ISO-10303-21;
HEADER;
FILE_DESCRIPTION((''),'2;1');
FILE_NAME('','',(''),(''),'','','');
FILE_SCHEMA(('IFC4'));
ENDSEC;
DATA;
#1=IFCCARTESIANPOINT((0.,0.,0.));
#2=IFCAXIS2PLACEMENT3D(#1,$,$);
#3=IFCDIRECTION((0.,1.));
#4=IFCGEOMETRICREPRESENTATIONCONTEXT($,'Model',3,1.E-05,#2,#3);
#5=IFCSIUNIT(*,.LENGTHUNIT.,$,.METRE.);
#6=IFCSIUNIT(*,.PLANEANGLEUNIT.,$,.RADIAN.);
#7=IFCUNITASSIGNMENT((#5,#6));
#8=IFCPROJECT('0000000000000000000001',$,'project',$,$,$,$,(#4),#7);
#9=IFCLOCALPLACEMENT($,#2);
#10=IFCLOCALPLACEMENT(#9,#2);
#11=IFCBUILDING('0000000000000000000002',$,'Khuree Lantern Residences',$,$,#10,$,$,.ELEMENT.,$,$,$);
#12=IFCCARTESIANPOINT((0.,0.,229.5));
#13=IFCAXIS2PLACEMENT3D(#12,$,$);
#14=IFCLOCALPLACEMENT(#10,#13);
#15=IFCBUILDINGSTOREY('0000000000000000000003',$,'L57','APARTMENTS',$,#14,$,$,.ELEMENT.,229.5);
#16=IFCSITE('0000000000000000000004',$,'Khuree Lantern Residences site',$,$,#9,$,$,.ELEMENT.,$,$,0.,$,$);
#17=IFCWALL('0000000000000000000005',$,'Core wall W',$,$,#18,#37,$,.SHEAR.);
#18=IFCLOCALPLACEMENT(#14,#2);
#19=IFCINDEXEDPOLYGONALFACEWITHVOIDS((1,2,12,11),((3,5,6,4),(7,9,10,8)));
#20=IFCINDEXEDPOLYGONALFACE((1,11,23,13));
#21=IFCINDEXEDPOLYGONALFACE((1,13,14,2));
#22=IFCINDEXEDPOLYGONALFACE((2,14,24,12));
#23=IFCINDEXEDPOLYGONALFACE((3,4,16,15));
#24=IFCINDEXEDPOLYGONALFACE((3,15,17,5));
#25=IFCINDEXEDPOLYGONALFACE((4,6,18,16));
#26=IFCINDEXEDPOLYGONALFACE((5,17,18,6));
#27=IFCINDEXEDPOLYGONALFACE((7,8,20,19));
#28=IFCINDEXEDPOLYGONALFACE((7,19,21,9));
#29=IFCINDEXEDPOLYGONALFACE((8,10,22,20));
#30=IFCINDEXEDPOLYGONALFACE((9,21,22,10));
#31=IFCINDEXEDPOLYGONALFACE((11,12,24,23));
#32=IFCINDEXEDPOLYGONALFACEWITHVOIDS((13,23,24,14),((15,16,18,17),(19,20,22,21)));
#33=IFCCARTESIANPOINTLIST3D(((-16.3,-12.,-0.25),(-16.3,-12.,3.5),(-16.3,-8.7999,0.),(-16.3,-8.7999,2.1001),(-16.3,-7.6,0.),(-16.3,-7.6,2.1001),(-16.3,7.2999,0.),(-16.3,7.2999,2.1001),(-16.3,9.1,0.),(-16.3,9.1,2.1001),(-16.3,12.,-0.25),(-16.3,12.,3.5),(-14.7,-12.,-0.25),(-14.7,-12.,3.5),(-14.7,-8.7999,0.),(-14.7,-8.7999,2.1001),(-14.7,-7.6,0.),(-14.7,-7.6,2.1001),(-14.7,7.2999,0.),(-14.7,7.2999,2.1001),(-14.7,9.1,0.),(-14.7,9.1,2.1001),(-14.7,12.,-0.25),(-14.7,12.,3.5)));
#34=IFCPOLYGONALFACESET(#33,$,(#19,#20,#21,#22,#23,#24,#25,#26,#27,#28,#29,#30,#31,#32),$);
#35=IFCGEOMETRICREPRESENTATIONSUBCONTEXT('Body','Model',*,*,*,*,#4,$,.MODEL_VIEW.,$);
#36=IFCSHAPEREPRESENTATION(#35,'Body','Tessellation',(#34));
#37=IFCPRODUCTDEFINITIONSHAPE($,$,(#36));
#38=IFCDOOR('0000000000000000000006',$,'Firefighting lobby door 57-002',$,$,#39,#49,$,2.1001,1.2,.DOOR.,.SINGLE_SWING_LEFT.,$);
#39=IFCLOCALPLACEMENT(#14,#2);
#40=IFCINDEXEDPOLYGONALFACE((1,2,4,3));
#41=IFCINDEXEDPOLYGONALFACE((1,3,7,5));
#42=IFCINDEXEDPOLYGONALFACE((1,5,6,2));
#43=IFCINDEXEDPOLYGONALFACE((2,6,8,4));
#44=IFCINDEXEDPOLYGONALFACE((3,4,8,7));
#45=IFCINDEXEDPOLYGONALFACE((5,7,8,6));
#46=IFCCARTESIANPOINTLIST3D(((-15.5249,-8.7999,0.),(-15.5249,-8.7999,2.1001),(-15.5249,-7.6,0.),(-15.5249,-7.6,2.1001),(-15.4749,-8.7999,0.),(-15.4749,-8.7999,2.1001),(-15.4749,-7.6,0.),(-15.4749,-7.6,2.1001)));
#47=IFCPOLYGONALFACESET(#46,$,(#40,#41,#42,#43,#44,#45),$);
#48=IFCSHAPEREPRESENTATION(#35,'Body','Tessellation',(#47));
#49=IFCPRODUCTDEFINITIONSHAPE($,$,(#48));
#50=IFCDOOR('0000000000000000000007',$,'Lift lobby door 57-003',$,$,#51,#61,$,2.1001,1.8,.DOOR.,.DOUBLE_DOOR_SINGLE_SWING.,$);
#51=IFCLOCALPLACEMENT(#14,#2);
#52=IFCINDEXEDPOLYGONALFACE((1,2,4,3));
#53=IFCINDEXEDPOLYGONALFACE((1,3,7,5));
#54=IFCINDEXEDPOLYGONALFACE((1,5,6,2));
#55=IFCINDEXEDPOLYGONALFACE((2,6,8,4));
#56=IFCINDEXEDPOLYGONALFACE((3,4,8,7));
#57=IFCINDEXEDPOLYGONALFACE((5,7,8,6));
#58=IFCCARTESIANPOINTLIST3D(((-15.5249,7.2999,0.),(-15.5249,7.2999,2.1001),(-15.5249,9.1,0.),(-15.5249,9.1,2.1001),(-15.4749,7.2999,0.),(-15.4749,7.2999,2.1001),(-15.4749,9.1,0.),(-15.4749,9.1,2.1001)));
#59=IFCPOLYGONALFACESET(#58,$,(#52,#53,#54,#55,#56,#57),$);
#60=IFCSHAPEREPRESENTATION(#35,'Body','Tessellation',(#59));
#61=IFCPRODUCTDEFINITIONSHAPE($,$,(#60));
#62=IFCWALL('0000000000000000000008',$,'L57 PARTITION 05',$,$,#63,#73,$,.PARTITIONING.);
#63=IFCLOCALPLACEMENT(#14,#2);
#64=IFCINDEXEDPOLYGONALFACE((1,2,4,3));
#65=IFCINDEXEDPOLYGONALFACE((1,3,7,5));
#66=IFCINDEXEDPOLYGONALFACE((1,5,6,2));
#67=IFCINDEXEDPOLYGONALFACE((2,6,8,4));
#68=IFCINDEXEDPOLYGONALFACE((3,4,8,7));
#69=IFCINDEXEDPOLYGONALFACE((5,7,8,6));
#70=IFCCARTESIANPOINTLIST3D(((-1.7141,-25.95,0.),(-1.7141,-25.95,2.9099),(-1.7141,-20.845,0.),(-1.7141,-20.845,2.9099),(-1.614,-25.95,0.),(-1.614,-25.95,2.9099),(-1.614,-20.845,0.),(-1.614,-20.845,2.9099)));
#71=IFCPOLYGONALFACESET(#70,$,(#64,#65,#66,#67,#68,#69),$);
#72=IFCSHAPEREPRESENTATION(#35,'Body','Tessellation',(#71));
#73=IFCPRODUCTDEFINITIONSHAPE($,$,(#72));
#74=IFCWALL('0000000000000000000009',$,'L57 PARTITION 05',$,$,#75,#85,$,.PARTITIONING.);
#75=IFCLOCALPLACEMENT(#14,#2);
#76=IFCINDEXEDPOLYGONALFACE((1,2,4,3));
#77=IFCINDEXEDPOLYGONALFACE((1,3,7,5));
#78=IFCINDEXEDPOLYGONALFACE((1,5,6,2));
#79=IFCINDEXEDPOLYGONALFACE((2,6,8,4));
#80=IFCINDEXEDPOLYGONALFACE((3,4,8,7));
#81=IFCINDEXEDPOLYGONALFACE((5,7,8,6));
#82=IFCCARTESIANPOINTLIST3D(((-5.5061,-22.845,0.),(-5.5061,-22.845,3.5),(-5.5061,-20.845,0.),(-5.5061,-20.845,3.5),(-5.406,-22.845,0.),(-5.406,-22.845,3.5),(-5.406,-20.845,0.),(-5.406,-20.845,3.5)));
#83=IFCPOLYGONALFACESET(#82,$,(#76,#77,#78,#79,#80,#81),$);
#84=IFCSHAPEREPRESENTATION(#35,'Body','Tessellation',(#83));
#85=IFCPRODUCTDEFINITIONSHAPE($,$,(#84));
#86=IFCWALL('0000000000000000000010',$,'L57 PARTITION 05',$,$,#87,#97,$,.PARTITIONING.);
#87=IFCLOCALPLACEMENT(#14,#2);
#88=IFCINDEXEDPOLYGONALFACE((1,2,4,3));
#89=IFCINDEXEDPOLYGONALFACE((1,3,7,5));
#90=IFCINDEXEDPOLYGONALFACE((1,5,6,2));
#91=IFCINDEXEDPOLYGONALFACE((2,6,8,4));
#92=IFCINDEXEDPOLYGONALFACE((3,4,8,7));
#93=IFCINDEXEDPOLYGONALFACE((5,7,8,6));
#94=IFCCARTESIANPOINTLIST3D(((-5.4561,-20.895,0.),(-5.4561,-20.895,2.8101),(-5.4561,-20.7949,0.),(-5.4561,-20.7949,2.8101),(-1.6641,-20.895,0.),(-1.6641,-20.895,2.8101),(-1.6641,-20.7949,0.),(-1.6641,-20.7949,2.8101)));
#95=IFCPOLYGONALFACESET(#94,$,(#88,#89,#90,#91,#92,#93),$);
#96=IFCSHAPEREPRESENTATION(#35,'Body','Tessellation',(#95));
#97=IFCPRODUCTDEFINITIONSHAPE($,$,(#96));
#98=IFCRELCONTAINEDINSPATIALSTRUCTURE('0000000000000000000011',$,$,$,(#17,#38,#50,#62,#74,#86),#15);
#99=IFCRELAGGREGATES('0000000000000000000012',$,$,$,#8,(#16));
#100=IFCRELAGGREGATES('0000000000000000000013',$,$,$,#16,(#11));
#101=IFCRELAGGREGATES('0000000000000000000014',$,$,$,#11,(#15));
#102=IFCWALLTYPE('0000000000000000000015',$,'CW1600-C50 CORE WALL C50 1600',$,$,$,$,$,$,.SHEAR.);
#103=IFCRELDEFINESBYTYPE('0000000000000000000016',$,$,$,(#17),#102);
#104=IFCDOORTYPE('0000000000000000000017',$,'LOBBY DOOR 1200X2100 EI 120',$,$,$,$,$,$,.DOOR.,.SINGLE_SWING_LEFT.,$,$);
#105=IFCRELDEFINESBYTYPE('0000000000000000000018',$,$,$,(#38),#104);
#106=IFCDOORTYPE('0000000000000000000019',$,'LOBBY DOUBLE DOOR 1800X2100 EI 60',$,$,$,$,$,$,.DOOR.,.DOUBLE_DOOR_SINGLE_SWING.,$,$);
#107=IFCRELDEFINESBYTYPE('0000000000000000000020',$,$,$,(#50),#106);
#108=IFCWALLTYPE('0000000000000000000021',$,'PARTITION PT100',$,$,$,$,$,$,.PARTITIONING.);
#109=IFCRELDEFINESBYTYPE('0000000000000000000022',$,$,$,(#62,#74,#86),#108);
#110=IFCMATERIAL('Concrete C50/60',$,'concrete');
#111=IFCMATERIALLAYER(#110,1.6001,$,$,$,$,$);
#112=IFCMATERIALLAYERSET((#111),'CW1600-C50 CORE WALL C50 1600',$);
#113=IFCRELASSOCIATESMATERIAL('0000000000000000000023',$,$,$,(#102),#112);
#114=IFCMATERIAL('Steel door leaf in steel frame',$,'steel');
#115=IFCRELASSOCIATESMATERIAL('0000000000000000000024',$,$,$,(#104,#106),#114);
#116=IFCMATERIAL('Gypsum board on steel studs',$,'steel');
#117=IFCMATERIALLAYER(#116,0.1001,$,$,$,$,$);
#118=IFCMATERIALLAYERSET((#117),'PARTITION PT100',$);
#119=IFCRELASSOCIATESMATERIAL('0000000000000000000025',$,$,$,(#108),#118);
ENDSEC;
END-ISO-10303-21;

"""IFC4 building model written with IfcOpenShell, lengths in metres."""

from ifc_helpers import new_model, si_unit, direction, frame, frame_2d, origin, place, context, subcontext, project, spatial, rectangle, extrude, material, layer, layer_set, type_object, element, fill, save


model = new_model("IFC4")

# Units and contexts
model_context = context("Model", 3, precision=1e-05, world=origin(), true_north=direction((0.0, 1.0)))
body_context = subcontext(model_context, "Body", "Model", "MODEL_VIEW")
ifc_project = project(units=[si_unit("LENGTHUNIT", "METRE"), si_unit("PLANEANGLEUNIT", "RADIAN")], contexts=[model_context])

# Site, building, storey
site_placement = place(None, origin())
site = spatial("IfcSite", under=ifc_project, at=site_placement, Name="Khuree Lantern Residences site", CompositionType="ELEMENT", RefElevation=0.0)
building_placement = place(site_placement, origin())
building = spatial("IfcBuilding", under=site, at=building_placement, Name="Khuree Lantern Residences", CompositionType="ELEMENT")
storey_placement = place(building_placement, frame((0.0, 0.0, 229.5)))
storey = spatial("IfcBuildingStorey", under=building, at=storey_placement, Name="L57", Description="APARTMENTS", CompositionType="ELEMENT", Elevation=229.5)

# Shared definitions
ifc_material_1 = material(Name="Concrete C50/60", Category="concrete")

# Shared definitions
ifc_material_2 = material(Name="Gypsum board on steel studs", Category="steel")
ifc_layer_1 = layer(ifc_material_1, 1.6001)
ifc_layer_set_1 = layer_set([ifc_layer_1], Name="CW1600-C50 CORE WALL C50 1600")
wall_type_1 = type_object("IfcWallType", Name="CW1600-C50 CORE WALL C50 1600", PredefinedType="SHEAR", material=ifc_layer_set_1)

# Wall, openings, doors
wall_1_placement = place(storey_placement, frame((-15.5, -12.0, -0.25), z_axis=(0.0, 0.0, 1.0), x_axis=(0.0, 1.0, 0.0)))
wall_1 = element("IfcWall", 1, at=wall_1_placement, inside=storey, type_object=wall_type_1, Name="Core wall W", PredefinedType="SHEAR", context=body_context, shape_type="SweptSolid", body=[
    extrude(rectangle(XDim=24.0, YDim=1.6001, at=frame_2d((12.0, 0.0))), origin(), (0.0, 0.0, 1.0), 3.75),
])
opening_1_placement = place(wall_1_placement, frame((3.2, 0.0, 0.25)))
opening_1 = element("IfcOpeningElement", 2, at=opening_1_placement, cuts=wall_1, PredefinedType="OPENING", context=body_context, shape_type="SweptSolid", body=[
    extrude(rectangle(XDim=1.2, YDim=2.1001, at=frame_2d((0.6001, 1.05))), frame((0.0, 0.8101, 0.0), z_axis=(0.0, -1.0, 0.0), x_axis=(1.0, 0.0, 0.0)), (0.0, 0.0, 1.0), 1.6201),
])
opening_2_placement = place(wall_1_placement, frame((19.3, 0.0, 0.25)))
opening_2 = element("IfcOpeningElement", 3, at=opening_2_placement, cuts=wall_1, PredefinedType="OPENING", context=body_context, shape_type="SweptSolid", body=[
    extrude(rectangle(XDim=1.8, YDim=2.1001, at=frame_2d((0.8999, 1.05))), frame((0.0, 0.8101, 0.0), z_axis=(0.0, -1.0, 0.0), x_axis=(1.0, 0.0, 0.0)), (0.0, 0.0, 1.0), 1.6201),
])
ifc_material_3 = material(Name="Steel door leaf in steel frame", Category="steel")
door_type_1 = type_object("IfcDoorType", Name="LOBBY DOOR 1200X2100 EI 120", OperationType="SINGLE_SWING_LEFT", PredefinedType="DOOR", material=ifc_material_3)
door_1_placement = place(opening_1_placement, origin())
door_1 = element("IfcDoor", 4, at=door_1_placement, inside=storey, type_object=door_type_1, Name="Firefighting lobby door 57-002", OperationType="SINGLE_SWING_LEFT", OverallHeight=2.1001, OverallWidth=1.2, PredefinedType="DOOR", context=body_context, shape_type="SweptSolid", body=[
    extrude(rectangle(XDim=1.2, YDim=2.1001, at=frame_2d((0.6001, 1.05))), frame((0.0, 0.0249, 0.0), z_axis=(0.0, -1.0, 0.0), x_axis=(1.0, 0.0, 0.0)), (0.0, 0.0, 1.0), 0.05),
])
fill(opening_1, door_1)
door_type_2 = type_object("IfcDoorType", Name="LOBBY DOUBLE DOOR 1800X2100 EI 60", OperationType="DOUBLE_DOOR_SINGLE_SWING", PredefinedType="DOOR", material=ifc_material_3)
door_2_placement = place(opening_2_placement, origin())
door_2 = element("IfcDoor", 5, at=door_2_placement, inside=storey, type_object=door_type_2, Name="Lift lobby door 57-003", OperationType="DOUBLE_DOOR_SINGLE_SWING", OverallHeight=2.1001, OverallWidth=1.8, PredefinedType="DOOR", context=body_context, shape_type="SweptSolid", body=[
    extrude(rectangle(XDim=1.8, YDim=2.1001, at=frame_2d((0.8999, 1.05))), frame((0.0, 0.0249, 0.0), z_axis=(0.0, -1.0, 0.0), x_axis=(1.0, 0.0, 0.0)), (0.0, 0.0, 1.0), 0.05),
])
fill(opening_2, door_2)

# Walls
ifc_layer_2 = layer(ifc_material_2, 0.1001)
ifc_layer_set_2 = layer_set([ifc_layer_2], Name="PARTITION PT100")
wall_type_2 = type_object("IfcWallType", Name="PARTITION PT100", PredefinedType="PARTITIONING", material=ifc_layer_set_2)
wall_2_placement = place(storey_placement, frame((-1.6641, -20.845, 0.0), z_axis=(0.0, 0.0, 1.0), x_axis=(0.0, -1.0, 0.0)))
element("IfcWall", 6, at=wall_2_placement, inside=storey, type_object=wall_type_2, Name="L57 PARTITION 05", PredefinedType="PARTITIONING", context=body_context, shape_type="SweptSolid", body=[
    extrude(rectangle(XDim=5.105, YDim=0.1001, at=frame_2d((2.5525, 0.0))), origin(), (0.0, 0.0, 1.0), 2.9099),
])
wall_3_placement = place(storey_placement, frame((-5.4561, -20.845, 0.0), z_axis=(0.0, 0.0, 1.0), x_axis=(0.0, -1.0, 0.0)))
element("IfcWall", 7, at=wall_3_placement, inside=storey, type_object=wall_type_2, Name="L57 PARTITION 05", PredefinedType="PARTITIONING", context=body_context, shape_type="SweptSolid", body=[
    extrude(rectangle(XDim=2.0, YDim=0.1001, at=frame_2d((1.0, 0.0))), origin(), (0.0, 0.0, 1.0), 3.5),
])
wall_4_placement = place(storey_placement, frame((-5.4561, -20.845, 0.0), z_axis=(0.0, 0.0, 1.0), x_axis=(1.0, 0.0, 0.0)))
element("IfcWall", 8, at=wall_4_placement, inside=storey, type_object=wall_type_2, Name="L57 PARTITION 05", PredefinedType="PARTITIONING", context=body_context, shape_type="SweptSolid", body=[
    extrude(rectangle(XDim=3.792, YDim=0.1001, at=frame_2d((1.896, 0.0))), origin(), (0.0, 0.0, 1.0), 2.8101),
])

save(model, "model.ifc")
